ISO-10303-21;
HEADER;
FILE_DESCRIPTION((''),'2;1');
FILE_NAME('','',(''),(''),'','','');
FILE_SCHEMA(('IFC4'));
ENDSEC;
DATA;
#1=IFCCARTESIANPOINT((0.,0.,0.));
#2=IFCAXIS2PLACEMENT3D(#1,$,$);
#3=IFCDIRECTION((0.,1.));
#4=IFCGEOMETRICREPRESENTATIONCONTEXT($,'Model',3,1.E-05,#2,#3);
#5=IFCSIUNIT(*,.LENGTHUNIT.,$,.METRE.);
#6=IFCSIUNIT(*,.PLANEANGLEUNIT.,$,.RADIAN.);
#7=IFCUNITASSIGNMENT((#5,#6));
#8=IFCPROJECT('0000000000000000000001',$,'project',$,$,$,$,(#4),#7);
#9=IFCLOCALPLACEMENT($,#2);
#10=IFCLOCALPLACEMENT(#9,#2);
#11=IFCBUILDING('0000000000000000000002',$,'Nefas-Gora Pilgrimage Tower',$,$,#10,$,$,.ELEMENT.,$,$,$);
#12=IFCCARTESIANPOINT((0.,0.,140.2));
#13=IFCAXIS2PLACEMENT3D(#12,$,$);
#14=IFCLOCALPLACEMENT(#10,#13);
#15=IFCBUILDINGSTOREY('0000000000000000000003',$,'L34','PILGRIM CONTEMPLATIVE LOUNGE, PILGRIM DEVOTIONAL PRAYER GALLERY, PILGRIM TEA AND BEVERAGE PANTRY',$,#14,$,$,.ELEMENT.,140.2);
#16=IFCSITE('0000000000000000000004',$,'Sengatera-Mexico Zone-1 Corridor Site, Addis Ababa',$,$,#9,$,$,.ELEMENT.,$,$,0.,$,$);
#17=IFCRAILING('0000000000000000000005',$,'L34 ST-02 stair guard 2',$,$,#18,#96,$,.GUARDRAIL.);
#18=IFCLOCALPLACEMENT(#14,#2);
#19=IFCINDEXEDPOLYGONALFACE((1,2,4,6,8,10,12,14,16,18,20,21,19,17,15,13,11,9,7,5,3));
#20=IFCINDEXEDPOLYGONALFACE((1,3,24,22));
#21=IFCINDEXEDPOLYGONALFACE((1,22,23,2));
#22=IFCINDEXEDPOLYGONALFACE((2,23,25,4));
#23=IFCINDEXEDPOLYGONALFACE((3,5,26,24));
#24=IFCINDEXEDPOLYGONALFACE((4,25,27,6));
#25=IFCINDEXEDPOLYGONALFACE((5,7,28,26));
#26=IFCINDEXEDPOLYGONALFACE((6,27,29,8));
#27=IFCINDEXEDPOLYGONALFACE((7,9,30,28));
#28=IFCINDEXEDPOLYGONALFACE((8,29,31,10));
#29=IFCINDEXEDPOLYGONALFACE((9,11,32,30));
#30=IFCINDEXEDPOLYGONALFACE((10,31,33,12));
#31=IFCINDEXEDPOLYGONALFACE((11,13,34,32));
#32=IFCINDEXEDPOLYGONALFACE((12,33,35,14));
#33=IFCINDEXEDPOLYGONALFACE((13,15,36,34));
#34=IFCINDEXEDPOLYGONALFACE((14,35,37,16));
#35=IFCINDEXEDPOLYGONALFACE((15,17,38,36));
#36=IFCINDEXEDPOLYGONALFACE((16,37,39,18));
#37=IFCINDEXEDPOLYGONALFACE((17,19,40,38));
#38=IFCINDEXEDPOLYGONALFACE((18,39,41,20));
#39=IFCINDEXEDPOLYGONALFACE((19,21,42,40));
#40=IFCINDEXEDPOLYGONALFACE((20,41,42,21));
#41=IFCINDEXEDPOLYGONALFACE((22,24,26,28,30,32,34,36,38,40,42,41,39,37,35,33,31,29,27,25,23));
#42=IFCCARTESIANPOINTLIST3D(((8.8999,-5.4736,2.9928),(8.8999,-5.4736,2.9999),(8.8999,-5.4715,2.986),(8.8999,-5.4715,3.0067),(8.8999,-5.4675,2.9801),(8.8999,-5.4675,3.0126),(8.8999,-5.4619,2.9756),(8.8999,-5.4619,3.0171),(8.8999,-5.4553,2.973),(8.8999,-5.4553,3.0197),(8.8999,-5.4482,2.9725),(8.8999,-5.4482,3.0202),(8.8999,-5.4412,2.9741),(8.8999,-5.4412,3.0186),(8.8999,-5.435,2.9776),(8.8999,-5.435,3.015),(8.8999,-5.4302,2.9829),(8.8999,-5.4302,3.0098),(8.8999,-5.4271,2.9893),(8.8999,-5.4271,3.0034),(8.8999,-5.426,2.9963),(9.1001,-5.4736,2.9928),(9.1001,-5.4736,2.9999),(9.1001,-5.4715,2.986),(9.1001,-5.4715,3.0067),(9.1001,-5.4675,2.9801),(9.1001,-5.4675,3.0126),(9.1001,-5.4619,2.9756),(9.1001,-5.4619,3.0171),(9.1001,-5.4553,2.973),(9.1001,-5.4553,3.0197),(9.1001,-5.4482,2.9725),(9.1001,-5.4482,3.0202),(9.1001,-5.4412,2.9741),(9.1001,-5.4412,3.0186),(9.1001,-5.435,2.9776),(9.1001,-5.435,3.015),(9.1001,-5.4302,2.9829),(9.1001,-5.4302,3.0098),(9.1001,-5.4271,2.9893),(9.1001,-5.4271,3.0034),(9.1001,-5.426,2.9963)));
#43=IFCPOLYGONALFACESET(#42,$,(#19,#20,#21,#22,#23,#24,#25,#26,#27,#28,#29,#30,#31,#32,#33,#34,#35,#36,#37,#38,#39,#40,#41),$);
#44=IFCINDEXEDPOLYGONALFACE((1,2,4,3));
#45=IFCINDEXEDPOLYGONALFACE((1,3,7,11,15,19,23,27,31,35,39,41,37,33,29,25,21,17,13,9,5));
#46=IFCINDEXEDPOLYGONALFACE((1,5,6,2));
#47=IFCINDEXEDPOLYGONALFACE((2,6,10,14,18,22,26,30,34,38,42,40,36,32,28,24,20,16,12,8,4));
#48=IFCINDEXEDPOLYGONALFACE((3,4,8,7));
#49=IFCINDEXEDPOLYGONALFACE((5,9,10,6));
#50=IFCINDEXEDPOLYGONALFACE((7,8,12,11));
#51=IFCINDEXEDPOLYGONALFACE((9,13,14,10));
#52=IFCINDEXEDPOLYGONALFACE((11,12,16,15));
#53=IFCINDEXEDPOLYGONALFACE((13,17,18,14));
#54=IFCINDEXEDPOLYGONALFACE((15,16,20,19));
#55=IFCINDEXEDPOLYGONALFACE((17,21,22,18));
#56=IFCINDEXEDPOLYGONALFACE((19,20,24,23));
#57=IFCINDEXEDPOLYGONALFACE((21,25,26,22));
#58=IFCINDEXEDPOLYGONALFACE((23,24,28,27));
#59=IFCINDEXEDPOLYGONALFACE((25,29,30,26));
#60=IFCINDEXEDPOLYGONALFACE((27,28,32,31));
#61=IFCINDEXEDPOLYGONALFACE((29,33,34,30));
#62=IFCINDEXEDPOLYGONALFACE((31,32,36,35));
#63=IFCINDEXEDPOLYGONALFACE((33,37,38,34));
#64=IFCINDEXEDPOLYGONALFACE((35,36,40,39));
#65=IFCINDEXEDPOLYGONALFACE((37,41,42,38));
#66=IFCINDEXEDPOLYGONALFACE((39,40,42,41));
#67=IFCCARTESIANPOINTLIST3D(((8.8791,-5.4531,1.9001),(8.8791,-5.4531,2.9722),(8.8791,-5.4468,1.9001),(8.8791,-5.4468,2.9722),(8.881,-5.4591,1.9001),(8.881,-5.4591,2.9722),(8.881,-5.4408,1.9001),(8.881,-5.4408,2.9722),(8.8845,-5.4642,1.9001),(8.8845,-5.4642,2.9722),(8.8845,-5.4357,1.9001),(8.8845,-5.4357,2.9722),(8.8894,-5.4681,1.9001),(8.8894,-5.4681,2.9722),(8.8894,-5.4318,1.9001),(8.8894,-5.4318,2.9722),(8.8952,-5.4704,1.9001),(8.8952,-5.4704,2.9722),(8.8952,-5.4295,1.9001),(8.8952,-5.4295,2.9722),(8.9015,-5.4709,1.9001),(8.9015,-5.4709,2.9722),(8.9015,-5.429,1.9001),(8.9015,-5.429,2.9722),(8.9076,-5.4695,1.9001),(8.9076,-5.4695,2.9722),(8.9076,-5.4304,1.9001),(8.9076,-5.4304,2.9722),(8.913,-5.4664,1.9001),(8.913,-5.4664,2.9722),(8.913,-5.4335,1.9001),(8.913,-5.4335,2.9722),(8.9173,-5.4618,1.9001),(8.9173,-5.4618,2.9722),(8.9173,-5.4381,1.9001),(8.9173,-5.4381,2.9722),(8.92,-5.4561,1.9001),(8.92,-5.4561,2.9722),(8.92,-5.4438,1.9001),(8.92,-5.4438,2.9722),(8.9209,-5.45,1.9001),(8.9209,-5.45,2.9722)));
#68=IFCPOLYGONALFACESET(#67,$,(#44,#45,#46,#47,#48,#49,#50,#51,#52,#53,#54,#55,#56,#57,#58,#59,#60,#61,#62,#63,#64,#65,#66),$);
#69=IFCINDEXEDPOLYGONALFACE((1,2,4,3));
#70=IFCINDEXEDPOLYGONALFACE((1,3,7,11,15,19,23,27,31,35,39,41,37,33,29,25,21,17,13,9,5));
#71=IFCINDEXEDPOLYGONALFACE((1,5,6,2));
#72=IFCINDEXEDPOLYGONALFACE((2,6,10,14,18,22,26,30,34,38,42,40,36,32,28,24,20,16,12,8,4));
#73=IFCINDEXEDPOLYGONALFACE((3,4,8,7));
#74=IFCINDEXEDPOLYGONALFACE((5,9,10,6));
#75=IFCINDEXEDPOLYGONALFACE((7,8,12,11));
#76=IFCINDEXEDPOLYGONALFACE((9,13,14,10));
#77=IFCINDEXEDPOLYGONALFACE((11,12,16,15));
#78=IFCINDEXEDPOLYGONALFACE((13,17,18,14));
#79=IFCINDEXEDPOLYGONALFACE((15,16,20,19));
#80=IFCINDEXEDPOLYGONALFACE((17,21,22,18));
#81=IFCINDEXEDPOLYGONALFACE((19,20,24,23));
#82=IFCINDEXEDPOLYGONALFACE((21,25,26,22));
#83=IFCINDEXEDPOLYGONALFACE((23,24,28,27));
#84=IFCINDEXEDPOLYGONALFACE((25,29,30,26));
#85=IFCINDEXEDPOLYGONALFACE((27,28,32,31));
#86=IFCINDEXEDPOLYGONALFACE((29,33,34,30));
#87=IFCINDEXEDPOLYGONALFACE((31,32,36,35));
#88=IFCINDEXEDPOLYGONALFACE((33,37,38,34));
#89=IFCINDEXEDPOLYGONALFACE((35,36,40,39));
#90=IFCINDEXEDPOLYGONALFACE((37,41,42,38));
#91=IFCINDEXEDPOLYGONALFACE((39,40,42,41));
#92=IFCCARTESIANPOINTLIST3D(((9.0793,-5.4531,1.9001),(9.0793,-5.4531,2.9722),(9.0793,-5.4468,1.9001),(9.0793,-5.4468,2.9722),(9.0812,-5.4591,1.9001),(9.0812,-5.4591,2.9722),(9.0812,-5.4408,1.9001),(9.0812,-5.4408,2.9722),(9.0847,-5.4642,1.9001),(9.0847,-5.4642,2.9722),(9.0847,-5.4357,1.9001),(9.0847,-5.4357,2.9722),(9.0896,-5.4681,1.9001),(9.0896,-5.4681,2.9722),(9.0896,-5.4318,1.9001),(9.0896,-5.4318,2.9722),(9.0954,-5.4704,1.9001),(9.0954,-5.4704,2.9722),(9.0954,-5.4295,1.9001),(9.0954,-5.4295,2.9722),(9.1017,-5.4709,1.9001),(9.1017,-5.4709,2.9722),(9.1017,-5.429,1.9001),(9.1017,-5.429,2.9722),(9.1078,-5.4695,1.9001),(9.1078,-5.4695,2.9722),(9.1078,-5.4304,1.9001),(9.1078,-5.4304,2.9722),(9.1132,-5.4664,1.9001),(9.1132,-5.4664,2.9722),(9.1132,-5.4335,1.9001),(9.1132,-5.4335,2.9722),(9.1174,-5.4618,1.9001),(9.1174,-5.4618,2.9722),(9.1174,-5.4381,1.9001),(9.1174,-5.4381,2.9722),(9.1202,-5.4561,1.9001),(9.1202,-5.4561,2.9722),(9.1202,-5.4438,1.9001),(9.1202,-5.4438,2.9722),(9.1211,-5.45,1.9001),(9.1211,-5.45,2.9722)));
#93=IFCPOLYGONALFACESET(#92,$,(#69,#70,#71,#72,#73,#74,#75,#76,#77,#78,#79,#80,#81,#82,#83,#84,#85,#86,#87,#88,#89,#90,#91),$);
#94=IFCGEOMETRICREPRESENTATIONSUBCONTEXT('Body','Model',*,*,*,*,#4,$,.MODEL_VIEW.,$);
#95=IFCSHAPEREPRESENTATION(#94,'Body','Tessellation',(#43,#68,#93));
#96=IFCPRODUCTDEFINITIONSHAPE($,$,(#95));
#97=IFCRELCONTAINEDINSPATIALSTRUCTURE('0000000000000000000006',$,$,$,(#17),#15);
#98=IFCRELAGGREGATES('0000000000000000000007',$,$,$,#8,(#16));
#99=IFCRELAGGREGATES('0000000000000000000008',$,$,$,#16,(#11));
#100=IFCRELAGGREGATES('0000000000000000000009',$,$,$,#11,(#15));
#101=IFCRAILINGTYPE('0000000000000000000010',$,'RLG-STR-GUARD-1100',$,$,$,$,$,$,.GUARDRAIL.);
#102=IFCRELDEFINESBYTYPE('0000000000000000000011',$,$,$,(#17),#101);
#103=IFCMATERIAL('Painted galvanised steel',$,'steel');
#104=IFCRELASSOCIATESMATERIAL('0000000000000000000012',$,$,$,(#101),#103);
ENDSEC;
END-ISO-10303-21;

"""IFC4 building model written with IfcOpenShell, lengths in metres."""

from ifc_helpers import new_model, si_unit, direction, frame, origin, origin_2d, place, context, subcontext, project, spatial, circle, extrude, material, type_object, element, save


model = new_model("IFC4")

# Units and contexts
model_context = context("Model", 3, precision=1e-05, world=origin(), true_north=direction((0.0, 1.0)))
body_context = subcontext(model_context, "Body", "Model", "MODEL_VIEW")
ifc_project = project(units=[si_unit("LENGTHUNIT", "METRE"), si_unit("PLANEANGLEUNIT", "RADIAN")], contexts=[model_context])

# Site, building, storey
site_placement = place(None, origin())
site = spatial("IfcSite", under=ifc_project, at=site_placement, Name="Sengatera-Mexico Zone-1 Corridor Site, Addis Ababa", CompositionType="ELEMENT", RefElevation=0.0)
building_placement = place(site_placement, origin())
building = spatial("IfcBuilding", under=site, at=building_placement, Name="Nefas-Gora Pilgrimage Tower", CompositionType="ELEMENT")
storey_placement = place(building_placement, frame((0.0, 0.0, 140.2)))
storey = spatial("IfcBuildingStorey", under=building, at=storey_placement, Name="L34", Description="PILGRIM CONTEMPLATIVE LOUNGE, PILGRIM DEVOTIONAL PRAYER GALLERY, PILGRIM TEA AND BEVERAGE PANTRY", CompositionType="ELEMENT", Elevation=140.2)

# Railing
ifc_material_1 = material(Name="Painted galvanised steel", Category="steel")
railing_type_1 = type_object("IfcRailingType", Name="RLG-STR-GUARD-1100", PredefinedType="GUARDRAIL", material=ifc_material_1)
railing_1_placement = place(storey_placement, frame((8.8999, -5.45, 1.9001)))
element("IfcRailing", 1, at=railing_1_placement, inside=storey, type_object=railing_type_1, Name="L34 ST-02 stair guard 2", PredefinedType="GUARDRAIL", context=body_context, shape_type="SweptSolid", body=[
    extrude(circle(Radius=0.0239, at=origin_2d()), frame((0.0, 0.0, 1.0962), z_axis=(1.0, 0.0, 0.0), x_axis=(0.0, 1.0, 0.0)), (0.0, 0.0, 1.0), 0.2002),
    extrude(circle(Radius=0.021, at=origin_2d()), origin(), (0.0, 0.0, 1.0), 1.072),
    extrude(circle(Radius=0.021, at=origin_2d()), frame((0.2002, 0.0, 0.0)), (0.0, 0.0, 1.0), 1.072),
])

save(model, "model.ifc")
